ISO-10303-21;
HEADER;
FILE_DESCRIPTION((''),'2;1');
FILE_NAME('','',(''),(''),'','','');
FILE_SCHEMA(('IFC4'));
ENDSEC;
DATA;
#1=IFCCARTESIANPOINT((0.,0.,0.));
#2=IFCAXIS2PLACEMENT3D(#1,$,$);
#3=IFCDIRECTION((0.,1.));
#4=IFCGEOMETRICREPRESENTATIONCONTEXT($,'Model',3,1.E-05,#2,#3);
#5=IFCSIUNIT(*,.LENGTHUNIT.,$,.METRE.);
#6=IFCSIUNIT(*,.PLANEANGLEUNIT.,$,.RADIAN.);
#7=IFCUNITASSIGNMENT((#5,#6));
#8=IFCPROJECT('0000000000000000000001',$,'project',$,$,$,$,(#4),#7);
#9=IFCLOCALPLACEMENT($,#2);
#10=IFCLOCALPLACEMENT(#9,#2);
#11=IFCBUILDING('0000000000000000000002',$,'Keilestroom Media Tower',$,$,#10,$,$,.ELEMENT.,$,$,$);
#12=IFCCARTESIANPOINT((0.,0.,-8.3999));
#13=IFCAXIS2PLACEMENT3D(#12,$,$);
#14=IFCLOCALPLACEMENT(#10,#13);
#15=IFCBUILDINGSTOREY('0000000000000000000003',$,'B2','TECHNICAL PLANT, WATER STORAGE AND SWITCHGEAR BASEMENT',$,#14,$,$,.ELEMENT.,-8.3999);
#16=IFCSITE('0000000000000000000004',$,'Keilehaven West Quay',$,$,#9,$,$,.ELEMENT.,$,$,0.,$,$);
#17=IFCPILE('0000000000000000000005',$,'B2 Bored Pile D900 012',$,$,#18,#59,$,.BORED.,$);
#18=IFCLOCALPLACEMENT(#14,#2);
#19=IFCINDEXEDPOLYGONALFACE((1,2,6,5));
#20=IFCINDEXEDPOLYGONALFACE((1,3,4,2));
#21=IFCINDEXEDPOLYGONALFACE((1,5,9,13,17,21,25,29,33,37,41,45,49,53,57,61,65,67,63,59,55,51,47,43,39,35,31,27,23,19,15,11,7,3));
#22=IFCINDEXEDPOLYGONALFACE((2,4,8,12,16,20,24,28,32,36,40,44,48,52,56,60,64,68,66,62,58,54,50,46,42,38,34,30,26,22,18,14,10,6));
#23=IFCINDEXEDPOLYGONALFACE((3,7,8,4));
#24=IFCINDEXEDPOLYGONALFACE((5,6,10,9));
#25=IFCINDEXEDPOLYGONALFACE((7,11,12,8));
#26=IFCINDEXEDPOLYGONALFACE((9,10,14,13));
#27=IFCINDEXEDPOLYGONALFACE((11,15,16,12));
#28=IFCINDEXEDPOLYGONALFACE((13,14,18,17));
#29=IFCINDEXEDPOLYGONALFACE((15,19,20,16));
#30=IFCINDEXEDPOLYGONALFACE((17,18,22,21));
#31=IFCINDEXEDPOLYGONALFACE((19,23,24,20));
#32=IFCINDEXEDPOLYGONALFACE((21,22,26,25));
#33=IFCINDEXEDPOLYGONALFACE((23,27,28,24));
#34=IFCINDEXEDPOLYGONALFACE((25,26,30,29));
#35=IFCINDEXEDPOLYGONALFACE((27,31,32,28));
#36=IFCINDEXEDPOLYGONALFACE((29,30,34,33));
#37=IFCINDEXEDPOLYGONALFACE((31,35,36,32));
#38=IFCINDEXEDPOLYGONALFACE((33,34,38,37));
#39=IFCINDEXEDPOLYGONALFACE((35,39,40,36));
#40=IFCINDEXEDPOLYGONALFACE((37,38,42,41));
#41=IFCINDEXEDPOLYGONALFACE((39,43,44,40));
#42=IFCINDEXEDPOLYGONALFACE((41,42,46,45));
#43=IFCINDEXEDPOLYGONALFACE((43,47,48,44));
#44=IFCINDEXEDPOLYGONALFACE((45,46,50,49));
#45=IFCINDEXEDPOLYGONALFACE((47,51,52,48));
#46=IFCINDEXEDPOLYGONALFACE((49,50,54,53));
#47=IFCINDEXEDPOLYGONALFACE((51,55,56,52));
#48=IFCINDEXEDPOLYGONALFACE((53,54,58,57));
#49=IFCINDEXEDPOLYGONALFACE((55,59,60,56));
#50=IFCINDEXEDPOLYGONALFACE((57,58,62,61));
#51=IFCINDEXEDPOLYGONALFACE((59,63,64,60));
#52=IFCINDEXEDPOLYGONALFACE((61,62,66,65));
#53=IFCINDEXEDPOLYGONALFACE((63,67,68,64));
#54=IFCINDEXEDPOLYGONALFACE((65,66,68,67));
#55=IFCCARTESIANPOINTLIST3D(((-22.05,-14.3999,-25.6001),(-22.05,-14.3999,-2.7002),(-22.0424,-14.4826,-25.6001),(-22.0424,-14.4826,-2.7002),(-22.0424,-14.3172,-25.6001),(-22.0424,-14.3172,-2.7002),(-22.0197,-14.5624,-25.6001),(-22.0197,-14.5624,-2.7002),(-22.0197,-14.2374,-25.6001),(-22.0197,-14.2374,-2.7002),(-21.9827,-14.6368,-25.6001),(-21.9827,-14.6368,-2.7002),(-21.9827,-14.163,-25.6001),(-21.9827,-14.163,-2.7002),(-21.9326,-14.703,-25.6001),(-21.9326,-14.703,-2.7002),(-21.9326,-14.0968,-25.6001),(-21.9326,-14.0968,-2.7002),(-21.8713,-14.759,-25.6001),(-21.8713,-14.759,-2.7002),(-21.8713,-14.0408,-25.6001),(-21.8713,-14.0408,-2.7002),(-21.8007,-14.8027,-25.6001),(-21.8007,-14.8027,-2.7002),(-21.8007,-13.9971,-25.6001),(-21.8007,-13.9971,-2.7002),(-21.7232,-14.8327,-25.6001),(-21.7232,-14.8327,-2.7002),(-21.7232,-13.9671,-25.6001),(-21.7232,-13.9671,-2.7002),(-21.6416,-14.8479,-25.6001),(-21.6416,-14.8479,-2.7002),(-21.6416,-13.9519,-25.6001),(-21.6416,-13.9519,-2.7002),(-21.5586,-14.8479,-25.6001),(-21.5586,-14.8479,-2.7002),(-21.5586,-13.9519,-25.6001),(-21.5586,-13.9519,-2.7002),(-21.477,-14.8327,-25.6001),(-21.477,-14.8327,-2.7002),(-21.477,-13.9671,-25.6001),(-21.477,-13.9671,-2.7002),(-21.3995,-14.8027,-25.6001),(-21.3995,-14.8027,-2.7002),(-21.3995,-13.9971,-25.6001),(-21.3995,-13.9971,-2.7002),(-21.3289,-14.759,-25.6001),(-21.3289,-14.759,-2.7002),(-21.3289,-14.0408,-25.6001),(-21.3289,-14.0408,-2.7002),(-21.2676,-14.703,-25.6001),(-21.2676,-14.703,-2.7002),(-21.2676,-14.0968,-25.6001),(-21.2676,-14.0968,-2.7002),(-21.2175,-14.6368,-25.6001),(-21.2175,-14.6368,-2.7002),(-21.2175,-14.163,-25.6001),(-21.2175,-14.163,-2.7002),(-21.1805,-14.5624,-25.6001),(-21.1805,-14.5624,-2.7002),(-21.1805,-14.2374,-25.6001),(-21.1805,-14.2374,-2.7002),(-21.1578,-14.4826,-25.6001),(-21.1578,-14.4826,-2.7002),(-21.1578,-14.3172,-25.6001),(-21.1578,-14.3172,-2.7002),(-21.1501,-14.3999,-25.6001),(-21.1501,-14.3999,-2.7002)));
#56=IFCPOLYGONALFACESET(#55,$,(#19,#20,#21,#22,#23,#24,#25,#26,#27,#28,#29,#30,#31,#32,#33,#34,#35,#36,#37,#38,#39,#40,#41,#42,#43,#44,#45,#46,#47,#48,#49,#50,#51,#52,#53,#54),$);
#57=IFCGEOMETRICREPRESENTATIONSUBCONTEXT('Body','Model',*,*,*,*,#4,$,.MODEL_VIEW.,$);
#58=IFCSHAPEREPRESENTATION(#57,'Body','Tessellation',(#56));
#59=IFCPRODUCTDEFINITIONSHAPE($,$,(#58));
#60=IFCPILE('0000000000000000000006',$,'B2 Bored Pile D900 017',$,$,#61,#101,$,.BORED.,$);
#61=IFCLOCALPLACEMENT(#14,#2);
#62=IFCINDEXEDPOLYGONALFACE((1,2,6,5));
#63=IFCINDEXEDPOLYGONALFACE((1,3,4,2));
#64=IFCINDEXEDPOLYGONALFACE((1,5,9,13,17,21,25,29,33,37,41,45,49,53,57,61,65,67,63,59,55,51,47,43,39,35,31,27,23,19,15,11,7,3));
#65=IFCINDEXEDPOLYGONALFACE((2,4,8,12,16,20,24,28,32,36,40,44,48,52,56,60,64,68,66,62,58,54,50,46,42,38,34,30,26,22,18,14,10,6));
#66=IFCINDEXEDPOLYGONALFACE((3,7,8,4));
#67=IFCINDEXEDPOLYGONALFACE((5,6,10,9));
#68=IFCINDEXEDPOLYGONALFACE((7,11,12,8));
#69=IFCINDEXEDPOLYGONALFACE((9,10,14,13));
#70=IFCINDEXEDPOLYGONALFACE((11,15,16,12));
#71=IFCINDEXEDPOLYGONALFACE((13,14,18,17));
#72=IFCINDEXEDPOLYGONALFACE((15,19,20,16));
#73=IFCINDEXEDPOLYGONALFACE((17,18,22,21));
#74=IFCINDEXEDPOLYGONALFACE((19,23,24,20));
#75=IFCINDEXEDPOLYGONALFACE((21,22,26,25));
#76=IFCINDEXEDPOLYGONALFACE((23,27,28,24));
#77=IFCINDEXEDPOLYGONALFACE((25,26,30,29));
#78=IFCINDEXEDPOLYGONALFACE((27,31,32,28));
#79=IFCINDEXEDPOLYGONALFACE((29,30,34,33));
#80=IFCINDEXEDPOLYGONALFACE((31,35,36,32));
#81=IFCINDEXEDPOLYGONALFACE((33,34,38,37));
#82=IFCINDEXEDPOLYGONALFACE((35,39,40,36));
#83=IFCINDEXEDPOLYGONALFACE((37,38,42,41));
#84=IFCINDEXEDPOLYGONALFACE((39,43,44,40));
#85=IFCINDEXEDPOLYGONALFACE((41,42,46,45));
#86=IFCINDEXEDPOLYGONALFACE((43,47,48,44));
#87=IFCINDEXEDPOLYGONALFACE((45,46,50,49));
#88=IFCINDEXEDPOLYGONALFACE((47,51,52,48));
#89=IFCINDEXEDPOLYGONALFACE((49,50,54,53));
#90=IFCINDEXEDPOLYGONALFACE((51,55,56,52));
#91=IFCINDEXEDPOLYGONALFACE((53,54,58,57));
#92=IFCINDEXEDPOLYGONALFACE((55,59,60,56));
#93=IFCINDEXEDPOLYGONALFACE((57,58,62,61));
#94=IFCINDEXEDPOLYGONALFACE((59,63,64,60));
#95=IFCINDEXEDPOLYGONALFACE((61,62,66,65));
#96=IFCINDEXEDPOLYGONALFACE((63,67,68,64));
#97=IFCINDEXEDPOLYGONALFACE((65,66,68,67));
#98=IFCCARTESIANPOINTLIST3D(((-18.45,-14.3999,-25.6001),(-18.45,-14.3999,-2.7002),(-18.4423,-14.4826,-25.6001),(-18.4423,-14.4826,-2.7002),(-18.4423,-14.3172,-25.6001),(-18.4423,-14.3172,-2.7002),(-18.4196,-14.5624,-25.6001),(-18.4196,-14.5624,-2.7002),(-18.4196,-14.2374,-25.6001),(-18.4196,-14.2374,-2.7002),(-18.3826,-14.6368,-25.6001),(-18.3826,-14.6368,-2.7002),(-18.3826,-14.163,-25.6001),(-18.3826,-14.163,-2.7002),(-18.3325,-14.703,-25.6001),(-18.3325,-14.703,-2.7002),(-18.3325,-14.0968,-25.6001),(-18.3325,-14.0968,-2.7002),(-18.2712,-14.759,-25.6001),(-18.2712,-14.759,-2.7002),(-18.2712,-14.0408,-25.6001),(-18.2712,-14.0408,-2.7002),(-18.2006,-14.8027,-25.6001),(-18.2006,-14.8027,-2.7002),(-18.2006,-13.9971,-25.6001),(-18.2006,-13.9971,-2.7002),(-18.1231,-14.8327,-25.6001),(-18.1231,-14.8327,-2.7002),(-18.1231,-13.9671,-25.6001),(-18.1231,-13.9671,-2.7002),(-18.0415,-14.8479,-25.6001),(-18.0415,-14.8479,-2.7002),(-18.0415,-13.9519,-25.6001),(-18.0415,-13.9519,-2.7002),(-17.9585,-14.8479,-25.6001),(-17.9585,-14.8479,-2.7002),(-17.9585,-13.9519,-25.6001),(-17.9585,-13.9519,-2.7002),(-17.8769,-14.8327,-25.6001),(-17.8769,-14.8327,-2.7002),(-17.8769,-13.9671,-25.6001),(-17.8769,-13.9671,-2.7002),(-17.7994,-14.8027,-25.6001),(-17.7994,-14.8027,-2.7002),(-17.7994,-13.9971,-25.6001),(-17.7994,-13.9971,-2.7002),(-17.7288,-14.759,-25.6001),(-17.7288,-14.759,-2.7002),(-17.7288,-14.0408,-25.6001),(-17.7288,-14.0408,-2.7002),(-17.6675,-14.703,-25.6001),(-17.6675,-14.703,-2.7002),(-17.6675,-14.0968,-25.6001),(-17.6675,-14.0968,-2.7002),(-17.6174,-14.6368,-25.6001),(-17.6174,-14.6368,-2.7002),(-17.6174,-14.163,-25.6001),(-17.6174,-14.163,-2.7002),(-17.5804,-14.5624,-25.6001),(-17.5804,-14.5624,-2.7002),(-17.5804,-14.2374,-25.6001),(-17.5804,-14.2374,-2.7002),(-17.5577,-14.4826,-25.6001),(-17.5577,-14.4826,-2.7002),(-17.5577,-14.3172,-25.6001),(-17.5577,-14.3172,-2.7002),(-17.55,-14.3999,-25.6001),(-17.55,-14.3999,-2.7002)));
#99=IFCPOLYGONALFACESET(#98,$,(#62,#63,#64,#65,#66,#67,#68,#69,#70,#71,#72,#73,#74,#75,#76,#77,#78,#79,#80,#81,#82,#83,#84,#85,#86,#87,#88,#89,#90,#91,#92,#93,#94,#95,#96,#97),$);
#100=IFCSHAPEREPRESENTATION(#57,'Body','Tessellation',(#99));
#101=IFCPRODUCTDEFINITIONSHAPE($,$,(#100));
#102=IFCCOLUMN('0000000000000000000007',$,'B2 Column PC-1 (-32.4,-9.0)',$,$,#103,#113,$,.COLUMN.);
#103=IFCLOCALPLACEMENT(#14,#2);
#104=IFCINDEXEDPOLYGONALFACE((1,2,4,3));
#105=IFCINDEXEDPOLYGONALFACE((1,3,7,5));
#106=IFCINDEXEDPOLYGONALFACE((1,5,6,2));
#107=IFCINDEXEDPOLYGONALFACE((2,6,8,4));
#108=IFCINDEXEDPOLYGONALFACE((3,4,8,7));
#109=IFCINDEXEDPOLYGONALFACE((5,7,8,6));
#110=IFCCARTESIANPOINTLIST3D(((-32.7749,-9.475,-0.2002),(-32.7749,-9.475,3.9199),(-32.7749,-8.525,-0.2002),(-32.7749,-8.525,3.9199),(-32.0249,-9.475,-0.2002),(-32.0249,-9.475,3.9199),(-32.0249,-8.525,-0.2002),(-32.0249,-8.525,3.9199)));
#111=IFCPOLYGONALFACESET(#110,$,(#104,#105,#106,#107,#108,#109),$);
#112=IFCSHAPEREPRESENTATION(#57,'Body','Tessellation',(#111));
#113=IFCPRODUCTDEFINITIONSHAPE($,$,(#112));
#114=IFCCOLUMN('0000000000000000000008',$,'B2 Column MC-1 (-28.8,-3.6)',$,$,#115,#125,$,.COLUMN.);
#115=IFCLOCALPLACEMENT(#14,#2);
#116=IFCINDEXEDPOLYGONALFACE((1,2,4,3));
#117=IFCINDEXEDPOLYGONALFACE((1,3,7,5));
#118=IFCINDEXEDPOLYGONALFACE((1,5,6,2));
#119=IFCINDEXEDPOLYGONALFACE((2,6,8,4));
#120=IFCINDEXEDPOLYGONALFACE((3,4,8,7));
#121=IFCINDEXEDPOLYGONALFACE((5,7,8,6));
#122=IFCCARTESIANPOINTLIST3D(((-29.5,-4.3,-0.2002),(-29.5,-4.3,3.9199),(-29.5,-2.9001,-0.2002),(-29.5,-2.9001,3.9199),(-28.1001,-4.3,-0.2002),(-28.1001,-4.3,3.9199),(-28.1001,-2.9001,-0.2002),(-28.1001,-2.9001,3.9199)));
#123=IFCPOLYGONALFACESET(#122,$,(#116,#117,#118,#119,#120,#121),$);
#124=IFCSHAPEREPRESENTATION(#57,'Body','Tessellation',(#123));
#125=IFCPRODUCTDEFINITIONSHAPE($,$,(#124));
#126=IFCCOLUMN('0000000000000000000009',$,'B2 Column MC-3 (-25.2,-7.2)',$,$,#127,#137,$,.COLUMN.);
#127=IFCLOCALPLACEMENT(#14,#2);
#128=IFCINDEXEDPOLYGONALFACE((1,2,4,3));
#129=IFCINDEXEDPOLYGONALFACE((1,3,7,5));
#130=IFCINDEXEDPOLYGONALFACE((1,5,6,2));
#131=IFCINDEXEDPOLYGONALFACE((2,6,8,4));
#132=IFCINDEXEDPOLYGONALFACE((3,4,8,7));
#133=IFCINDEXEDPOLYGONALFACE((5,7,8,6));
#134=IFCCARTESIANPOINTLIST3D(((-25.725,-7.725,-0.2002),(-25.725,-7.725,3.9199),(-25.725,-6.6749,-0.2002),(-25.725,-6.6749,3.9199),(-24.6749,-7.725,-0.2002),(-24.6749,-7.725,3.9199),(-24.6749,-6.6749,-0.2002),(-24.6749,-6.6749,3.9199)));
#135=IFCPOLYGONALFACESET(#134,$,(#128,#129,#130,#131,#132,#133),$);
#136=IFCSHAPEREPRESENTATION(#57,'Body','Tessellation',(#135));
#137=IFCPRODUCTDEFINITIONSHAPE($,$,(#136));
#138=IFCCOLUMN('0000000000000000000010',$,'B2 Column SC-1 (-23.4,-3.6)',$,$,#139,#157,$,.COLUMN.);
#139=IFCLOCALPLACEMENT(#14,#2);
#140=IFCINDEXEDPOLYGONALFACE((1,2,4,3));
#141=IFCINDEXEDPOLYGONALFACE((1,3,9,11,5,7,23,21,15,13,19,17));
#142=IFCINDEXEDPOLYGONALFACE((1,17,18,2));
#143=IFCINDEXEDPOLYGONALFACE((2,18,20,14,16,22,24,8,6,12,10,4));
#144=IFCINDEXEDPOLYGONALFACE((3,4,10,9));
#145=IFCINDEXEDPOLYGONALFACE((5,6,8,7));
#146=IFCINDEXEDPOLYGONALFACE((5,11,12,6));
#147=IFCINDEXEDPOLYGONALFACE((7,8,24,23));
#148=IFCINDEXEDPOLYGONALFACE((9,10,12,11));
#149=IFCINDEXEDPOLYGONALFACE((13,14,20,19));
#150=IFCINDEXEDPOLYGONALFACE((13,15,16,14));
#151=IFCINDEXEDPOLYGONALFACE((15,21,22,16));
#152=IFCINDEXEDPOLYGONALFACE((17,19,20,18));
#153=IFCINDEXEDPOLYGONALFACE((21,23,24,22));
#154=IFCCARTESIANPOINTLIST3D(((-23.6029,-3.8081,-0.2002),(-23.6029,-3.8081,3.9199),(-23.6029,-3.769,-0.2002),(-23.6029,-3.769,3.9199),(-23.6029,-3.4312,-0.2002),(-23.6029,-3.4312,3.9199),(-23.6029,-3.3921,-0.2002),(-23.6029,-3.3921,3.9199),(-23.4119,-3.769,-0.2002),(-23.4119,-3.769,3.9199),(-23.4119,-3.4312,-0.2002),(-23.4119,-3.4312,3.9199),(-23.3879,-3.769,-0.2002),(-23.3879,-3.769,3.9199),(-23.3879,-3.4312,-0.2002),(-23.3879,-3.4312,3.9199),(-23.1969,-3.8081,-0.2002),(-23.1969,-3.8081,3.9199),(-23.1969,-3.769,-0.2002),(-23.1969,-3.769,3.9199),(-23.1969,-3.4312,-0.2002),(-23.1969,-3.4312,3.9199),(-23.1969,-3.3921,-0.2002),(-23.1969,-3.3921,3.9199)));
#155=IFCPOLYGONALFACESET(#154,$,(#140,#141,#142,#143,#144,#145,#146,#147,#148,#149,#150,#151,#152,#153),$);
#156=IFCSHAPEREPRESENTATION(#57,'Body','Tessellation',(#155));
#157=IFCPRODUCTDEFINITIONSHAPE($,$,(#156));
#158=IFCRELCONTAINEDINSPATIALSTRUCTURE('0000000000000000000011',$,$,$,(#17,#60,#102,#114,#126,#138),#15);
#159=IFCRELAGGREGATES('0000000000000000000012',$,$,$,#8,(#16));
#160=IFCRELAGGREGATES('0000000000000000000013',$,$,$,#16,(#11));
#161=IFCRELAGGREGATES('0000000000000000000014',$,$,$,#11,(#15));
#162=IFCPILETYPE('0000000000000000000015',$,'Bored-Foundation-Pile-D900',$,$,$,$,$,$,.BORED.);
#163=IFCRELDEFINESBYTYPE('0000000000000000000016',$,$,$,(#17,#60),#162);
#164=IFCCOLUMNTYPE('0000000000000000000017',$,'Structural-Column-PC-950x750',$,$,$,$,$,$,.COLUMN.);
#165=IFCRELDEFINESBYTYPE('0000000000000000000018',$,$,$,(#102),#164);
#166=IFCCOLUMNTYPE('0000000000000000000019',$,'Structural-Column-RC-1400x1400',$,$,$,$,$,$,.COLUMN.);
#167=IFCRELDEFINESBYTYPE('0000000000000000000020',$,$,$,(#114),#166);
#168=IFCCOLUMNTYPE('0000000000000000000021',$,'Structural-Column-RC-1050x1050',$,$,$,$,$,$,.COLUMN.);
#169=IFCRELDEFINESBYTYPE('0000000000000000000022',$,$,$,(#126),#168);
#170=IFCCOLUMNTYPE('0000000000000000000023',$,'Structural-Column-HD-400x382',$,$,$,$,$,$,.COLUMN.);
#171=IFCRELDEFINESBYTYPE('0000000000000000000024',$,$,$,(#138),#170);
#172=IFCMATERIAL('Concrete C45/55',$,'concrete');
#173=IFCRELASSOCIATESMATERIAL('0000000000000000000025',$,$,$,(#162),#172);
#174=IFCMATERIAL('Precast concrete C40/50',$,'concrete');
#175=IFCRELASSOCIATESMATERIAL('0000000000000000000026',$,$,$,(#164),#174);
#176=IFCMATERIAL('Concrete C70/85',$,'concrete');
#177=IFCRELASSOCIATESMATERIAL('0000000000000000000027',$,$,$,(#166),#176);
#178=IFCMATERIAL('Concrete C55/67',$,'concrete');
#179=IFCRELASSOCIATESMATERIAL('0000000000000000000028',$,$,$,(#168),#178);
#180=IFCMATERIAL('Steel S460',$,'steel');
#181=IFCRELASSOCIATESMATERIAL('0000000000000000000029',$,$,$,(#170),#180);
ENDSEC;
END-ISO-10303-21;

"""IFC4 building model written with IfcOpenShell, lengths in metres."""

from ifc_helpers import new_model, si_unit, direction, frame, origin, origin_2d, place, context, subcontext, project, spatial, rectangle, circle, i_section, extrude, source, transform, mapped, material, material_profile, profile_set, type_object, element, save


model = new_model("IFC4")

# Units and contexts
model_context = context("Model", 3, precision=1e-05, world=origin(), true_north=direction((0.0, 1.0)))
body_context = subcontext(model_context, "Body", "Model", "MODEL_VIEW")
ifc_project = project(units=[si_unit("LENGTHUNIT", "METRE"), si_unit("PLANEANGLEUNIT", "RADIAN")], contexts=[model_context])

# Site, building, storey
site_placement = place(None, origin())
site = spatial("IfcSite", under=ifc_project, at=site_placement, Name="Keilehaven West Quay", CompositionType="ELEMENT", RefElevation=0.0)
building_placement = place(site_placement, origin())
building = spatial("IfcBuilding", under=site, at=building_placement, Name="Keilestroom Media Tower", CompositionType="ELEMENT")
storey_placement = place(building_placement, frame((0.0, 0.0, -8.3999)))
storey = spatial("IfcBuildingStorey", under=building, at=storey_placement, Name="B2", Description="TECHNICAL PLANT, WATER STORAGE AND SWITCHGEAR BASEMENT", CompositionType="ELEMENT", Elevation=-8.3999)

# Piles
ifc_material_1 = material(Name="Concrete C45/55", Category="concrete")
ifc_material_profile_1 = material_profile(ifc_material_1, circle(Radius=0.45, at=origin_2d()), Name="BORED PILE D900")
ifc_profile_set_1 = profile_set([ifc_material_profile_1], Name="Concrete C45/55")
pile_type_1 = type_object("IfcPileType", Name="Bored-Foundation-Pile-D900", PredefinedType="BORED", material=ifc_profile_set_1)
shared_shape_1 = source(origin(), body_context, "Body", "SweptSolid", [
    extrude(circle(Radius=0.45, at=origin_2d()), origin(), (0.0, 0.0, 1.0), 22.8999),
])
for number, where, z_axis, x_axis, name in (
    (1, (-21.6001, -14.3999, -2.7002), (0.0, 0.0, -1.0), (1.0, 0.0, 0.0), "B2 Bored Pile D900 012"),
    (2, (-18.0, -14.3999, -2.7002), (0.0, 0.0, -1.0), (1.0, 0.0, 0.0), "B2 Bored Pile D900 017"),
):
    element("IfcPile", number, at=place(storey_placement, frame(where, z_axis=z_axis, x_axis=x_axis)), inside=storey, type_object=pile_type_1, Name=name, PredefinedType="BORED", context=body_context, shape_type="MappedRepresentation", body=[
        mapped(shared_shape_1, transform((0.0, 0.0, 0.0), x_axis=(1.0, 0.0, 0.0), y_axis=(0.0, 1.0, 0.0), z_axis=(0.0, 0.0, 1.0), scale=1.0)),
    ])

# Columns
ifc_material_2 = material(Name="Precast concrete C40/50", Category="concrete")
ifc_material_profile_2 = material_profile(ifc_material_2, rectangle(XDim=0.75, YDim=0.95, at=origin_2d()), Name="PC 950x750")
ifc_profile_set_2 = profile_set([ifc_material_profile_2], Name="Precast concrete C40/50")
column_type_1 = type_object("IfcColumnType", Name="Structural-Column-PC-950x750", PredefinedType="COLUMN", material=ifc_profile_set_2)
shared_shape_2 = source(origin(), body_context, "Body", "SweptSolid", [
    extrude(rectangle(XDim=0.75, YDim=0.95, at=origin_2d()), origin(), (0.0, 0.0, 1.0), 4.1201),
])
column_1_placement = place(storey_placement, frame((-32.3999, -9.0, -0.2002), z_axis=(0.0, 0.0, 1.0), x_axis=(1.0, 0.0, 0.0)))
element("IfcColumn", 3, at=column_1_placement, inside=storey, type_object=column_type_1, Name="B2 Column PC-1 (-32.4,-9.0)", PredefinedType="COLUMN", context=body_context, shape_type="MappedRepresentation", body=[
    mapped(shared_shape_2, transform((0.0, 0.0, 0.0), x_axis=(1.0, 0.0, 0.0), y_axis=(0.0, 1.0, 0.0), z_axis=(0.0, 0.0, 1.0), scale=1.0)),
])
ifc_material_3 = material(Name="Concrete C70/85", Category="concrete")
ifc_material_profile_3 = material_profile(ifc_material_3, rectangle(XDim=1.3999, YDim=1.3999, at=origin_2d()), Name="RC 1400x1400")
ifc_profile_set_3 = profile_set([ifc_material_profile_3], Name="Concrete C70/85")
column_type_2 = type_object("IfcColumnType", Name="Structural-Column-RC-1400x1400", PredefinedType="COLUMN", material=ifc_profile_set_3)
shared_shape_3 = source(origin(), body_context, "Body", "SweptSolid", [
    extrude(rectangle(XDim=1.3999, YDim=1.3999, at=origin_2d()), origin(), (0.0, 0.0, 1.0), 4.1201),
])
column_2_placement = place(storey_placement, frame((-28.8, -3.6001, -0.2002), z_axis=(0.0, 0.0, 1.0), x_axis=(1.0, 0.0, 0.0)))
element("IfcColumn", 4, at=column_2_placement, inside=storey, type_object=column_type_2, Name="B2 Column MC-1 (-28.8,-3.6)", PredefinedType="COLUMN", context=body_context, shape_type="MappedRepresentation", body=[
    mapped(shared_shape_3, transform((0.0, 0.0, 0.0), x_axis=(1.0, 0.0, 0.0), y_axis=(0.0, 1.0, 0.0), z_axis=(0.0, 0.0, 1.0), scale=1.0)),
])
ifc_material_4 = material(Name="Concrete C55/67", Category="concrete")
ifc_material_profile_4 = material_profile(ifc_material_4, rectangle(XDim=1.05, YDim=1.05, at=origin_2d()), Name="RC 1050x1050")
ifc_profile_set_4 = profile_set([ifc_material_profile_4], Name="Concrete C55/67")
column_type_3 = type_object("IfcColumnType", Name="Structural-Column-RC-1050x1050", PredefinedType="COLUMN", material=ifc_profile_set_4)
shared_shape_4 = source(origin(), body_context, "Body", "SweptSolid", [
    extrude(rectangle(XDim=1.05, YDim=1.05, at=origin_2d()), origin(), (0.0, 0.0, 1.0), 4.1201),
])
column_3_placement = place(storey_placement, frame((-25.2, -7.2, -0.2002), z_axis=(0.0, 0.0, 1.0), x_axis=(1.0, 0.0, 0.0)))
element("IfcColumn", 5, at=column_3_placement, inside=storey, type_object=column_type_3, Name="B2 Column MC-3 (-25.2,-7.2)", PredefinedType="COLUMN", context=body_context, shape_type="MappedRepresentation", body=[
    mapped(shared_shape_4, transform((0.0, 0.0, 0.0), x_axis=(1.0, 0.0, 0.0), y_axis=(0.0, 1.0, 0.0), z_axis=(0.0, 0.0, 1.0), scale=1.0)),
])
ifc_material_5 = material(Name="Steel S460", Category="steel")
ifc_material_profile_5 = material_profile(ifc_material_5, i_section(OverallWidth=0.406, OverallDepth=0.416, WebThickness=0.0239, FlangeThickness=0.0391, at=origin_2d()), Name="HD 400x382")
ifc_profile_set_5 = profile_set([ifc_material_profile_5], Name="Steel S460")
column_type_4 = type_object("IfcColumnType", Name="Structural-Column-HD-400x382", PredefinedType="COLUMN", material=ifc_profile_set_5)
shared_shape_5 = source(origin(), body_context, "Body", "SweptSolid", [
    extrude(i_section(OverallWidth=0.406, OverallDepth=0.416, WebThickness=0.0239, FlangeThickness=0.0391, at=origin_2d()), origin(), (0.0, 0.0, 1.0), 4.1201),
])
column_4_placement = place(storey_placement, frame((-23.3999, -3.6001, -0.2002), z_axis=(0.0, 0.0, 1.0), x_axis=(1.0, 0.0, 0.0)))
element("IfcColumn", 6, at=column_4_placement, inside=storey, type_object=column_type_4, Name="B2 Column SC-1 (-23.4,-3.6)", PredefinedType="COLUMN", context=body_context, shape_type="MappedRepresentation", body=[
    mapped(shared_shape_5, transform((0.0, 0.0, 0.0), x_axis=(1.0, 0.0, 0.0), y_axis=(0.0, 1.0, 0.0), z_axis=(0.0, 0.0, 1.0), scale=1.0)),
])

save(model, "model.ifc")
